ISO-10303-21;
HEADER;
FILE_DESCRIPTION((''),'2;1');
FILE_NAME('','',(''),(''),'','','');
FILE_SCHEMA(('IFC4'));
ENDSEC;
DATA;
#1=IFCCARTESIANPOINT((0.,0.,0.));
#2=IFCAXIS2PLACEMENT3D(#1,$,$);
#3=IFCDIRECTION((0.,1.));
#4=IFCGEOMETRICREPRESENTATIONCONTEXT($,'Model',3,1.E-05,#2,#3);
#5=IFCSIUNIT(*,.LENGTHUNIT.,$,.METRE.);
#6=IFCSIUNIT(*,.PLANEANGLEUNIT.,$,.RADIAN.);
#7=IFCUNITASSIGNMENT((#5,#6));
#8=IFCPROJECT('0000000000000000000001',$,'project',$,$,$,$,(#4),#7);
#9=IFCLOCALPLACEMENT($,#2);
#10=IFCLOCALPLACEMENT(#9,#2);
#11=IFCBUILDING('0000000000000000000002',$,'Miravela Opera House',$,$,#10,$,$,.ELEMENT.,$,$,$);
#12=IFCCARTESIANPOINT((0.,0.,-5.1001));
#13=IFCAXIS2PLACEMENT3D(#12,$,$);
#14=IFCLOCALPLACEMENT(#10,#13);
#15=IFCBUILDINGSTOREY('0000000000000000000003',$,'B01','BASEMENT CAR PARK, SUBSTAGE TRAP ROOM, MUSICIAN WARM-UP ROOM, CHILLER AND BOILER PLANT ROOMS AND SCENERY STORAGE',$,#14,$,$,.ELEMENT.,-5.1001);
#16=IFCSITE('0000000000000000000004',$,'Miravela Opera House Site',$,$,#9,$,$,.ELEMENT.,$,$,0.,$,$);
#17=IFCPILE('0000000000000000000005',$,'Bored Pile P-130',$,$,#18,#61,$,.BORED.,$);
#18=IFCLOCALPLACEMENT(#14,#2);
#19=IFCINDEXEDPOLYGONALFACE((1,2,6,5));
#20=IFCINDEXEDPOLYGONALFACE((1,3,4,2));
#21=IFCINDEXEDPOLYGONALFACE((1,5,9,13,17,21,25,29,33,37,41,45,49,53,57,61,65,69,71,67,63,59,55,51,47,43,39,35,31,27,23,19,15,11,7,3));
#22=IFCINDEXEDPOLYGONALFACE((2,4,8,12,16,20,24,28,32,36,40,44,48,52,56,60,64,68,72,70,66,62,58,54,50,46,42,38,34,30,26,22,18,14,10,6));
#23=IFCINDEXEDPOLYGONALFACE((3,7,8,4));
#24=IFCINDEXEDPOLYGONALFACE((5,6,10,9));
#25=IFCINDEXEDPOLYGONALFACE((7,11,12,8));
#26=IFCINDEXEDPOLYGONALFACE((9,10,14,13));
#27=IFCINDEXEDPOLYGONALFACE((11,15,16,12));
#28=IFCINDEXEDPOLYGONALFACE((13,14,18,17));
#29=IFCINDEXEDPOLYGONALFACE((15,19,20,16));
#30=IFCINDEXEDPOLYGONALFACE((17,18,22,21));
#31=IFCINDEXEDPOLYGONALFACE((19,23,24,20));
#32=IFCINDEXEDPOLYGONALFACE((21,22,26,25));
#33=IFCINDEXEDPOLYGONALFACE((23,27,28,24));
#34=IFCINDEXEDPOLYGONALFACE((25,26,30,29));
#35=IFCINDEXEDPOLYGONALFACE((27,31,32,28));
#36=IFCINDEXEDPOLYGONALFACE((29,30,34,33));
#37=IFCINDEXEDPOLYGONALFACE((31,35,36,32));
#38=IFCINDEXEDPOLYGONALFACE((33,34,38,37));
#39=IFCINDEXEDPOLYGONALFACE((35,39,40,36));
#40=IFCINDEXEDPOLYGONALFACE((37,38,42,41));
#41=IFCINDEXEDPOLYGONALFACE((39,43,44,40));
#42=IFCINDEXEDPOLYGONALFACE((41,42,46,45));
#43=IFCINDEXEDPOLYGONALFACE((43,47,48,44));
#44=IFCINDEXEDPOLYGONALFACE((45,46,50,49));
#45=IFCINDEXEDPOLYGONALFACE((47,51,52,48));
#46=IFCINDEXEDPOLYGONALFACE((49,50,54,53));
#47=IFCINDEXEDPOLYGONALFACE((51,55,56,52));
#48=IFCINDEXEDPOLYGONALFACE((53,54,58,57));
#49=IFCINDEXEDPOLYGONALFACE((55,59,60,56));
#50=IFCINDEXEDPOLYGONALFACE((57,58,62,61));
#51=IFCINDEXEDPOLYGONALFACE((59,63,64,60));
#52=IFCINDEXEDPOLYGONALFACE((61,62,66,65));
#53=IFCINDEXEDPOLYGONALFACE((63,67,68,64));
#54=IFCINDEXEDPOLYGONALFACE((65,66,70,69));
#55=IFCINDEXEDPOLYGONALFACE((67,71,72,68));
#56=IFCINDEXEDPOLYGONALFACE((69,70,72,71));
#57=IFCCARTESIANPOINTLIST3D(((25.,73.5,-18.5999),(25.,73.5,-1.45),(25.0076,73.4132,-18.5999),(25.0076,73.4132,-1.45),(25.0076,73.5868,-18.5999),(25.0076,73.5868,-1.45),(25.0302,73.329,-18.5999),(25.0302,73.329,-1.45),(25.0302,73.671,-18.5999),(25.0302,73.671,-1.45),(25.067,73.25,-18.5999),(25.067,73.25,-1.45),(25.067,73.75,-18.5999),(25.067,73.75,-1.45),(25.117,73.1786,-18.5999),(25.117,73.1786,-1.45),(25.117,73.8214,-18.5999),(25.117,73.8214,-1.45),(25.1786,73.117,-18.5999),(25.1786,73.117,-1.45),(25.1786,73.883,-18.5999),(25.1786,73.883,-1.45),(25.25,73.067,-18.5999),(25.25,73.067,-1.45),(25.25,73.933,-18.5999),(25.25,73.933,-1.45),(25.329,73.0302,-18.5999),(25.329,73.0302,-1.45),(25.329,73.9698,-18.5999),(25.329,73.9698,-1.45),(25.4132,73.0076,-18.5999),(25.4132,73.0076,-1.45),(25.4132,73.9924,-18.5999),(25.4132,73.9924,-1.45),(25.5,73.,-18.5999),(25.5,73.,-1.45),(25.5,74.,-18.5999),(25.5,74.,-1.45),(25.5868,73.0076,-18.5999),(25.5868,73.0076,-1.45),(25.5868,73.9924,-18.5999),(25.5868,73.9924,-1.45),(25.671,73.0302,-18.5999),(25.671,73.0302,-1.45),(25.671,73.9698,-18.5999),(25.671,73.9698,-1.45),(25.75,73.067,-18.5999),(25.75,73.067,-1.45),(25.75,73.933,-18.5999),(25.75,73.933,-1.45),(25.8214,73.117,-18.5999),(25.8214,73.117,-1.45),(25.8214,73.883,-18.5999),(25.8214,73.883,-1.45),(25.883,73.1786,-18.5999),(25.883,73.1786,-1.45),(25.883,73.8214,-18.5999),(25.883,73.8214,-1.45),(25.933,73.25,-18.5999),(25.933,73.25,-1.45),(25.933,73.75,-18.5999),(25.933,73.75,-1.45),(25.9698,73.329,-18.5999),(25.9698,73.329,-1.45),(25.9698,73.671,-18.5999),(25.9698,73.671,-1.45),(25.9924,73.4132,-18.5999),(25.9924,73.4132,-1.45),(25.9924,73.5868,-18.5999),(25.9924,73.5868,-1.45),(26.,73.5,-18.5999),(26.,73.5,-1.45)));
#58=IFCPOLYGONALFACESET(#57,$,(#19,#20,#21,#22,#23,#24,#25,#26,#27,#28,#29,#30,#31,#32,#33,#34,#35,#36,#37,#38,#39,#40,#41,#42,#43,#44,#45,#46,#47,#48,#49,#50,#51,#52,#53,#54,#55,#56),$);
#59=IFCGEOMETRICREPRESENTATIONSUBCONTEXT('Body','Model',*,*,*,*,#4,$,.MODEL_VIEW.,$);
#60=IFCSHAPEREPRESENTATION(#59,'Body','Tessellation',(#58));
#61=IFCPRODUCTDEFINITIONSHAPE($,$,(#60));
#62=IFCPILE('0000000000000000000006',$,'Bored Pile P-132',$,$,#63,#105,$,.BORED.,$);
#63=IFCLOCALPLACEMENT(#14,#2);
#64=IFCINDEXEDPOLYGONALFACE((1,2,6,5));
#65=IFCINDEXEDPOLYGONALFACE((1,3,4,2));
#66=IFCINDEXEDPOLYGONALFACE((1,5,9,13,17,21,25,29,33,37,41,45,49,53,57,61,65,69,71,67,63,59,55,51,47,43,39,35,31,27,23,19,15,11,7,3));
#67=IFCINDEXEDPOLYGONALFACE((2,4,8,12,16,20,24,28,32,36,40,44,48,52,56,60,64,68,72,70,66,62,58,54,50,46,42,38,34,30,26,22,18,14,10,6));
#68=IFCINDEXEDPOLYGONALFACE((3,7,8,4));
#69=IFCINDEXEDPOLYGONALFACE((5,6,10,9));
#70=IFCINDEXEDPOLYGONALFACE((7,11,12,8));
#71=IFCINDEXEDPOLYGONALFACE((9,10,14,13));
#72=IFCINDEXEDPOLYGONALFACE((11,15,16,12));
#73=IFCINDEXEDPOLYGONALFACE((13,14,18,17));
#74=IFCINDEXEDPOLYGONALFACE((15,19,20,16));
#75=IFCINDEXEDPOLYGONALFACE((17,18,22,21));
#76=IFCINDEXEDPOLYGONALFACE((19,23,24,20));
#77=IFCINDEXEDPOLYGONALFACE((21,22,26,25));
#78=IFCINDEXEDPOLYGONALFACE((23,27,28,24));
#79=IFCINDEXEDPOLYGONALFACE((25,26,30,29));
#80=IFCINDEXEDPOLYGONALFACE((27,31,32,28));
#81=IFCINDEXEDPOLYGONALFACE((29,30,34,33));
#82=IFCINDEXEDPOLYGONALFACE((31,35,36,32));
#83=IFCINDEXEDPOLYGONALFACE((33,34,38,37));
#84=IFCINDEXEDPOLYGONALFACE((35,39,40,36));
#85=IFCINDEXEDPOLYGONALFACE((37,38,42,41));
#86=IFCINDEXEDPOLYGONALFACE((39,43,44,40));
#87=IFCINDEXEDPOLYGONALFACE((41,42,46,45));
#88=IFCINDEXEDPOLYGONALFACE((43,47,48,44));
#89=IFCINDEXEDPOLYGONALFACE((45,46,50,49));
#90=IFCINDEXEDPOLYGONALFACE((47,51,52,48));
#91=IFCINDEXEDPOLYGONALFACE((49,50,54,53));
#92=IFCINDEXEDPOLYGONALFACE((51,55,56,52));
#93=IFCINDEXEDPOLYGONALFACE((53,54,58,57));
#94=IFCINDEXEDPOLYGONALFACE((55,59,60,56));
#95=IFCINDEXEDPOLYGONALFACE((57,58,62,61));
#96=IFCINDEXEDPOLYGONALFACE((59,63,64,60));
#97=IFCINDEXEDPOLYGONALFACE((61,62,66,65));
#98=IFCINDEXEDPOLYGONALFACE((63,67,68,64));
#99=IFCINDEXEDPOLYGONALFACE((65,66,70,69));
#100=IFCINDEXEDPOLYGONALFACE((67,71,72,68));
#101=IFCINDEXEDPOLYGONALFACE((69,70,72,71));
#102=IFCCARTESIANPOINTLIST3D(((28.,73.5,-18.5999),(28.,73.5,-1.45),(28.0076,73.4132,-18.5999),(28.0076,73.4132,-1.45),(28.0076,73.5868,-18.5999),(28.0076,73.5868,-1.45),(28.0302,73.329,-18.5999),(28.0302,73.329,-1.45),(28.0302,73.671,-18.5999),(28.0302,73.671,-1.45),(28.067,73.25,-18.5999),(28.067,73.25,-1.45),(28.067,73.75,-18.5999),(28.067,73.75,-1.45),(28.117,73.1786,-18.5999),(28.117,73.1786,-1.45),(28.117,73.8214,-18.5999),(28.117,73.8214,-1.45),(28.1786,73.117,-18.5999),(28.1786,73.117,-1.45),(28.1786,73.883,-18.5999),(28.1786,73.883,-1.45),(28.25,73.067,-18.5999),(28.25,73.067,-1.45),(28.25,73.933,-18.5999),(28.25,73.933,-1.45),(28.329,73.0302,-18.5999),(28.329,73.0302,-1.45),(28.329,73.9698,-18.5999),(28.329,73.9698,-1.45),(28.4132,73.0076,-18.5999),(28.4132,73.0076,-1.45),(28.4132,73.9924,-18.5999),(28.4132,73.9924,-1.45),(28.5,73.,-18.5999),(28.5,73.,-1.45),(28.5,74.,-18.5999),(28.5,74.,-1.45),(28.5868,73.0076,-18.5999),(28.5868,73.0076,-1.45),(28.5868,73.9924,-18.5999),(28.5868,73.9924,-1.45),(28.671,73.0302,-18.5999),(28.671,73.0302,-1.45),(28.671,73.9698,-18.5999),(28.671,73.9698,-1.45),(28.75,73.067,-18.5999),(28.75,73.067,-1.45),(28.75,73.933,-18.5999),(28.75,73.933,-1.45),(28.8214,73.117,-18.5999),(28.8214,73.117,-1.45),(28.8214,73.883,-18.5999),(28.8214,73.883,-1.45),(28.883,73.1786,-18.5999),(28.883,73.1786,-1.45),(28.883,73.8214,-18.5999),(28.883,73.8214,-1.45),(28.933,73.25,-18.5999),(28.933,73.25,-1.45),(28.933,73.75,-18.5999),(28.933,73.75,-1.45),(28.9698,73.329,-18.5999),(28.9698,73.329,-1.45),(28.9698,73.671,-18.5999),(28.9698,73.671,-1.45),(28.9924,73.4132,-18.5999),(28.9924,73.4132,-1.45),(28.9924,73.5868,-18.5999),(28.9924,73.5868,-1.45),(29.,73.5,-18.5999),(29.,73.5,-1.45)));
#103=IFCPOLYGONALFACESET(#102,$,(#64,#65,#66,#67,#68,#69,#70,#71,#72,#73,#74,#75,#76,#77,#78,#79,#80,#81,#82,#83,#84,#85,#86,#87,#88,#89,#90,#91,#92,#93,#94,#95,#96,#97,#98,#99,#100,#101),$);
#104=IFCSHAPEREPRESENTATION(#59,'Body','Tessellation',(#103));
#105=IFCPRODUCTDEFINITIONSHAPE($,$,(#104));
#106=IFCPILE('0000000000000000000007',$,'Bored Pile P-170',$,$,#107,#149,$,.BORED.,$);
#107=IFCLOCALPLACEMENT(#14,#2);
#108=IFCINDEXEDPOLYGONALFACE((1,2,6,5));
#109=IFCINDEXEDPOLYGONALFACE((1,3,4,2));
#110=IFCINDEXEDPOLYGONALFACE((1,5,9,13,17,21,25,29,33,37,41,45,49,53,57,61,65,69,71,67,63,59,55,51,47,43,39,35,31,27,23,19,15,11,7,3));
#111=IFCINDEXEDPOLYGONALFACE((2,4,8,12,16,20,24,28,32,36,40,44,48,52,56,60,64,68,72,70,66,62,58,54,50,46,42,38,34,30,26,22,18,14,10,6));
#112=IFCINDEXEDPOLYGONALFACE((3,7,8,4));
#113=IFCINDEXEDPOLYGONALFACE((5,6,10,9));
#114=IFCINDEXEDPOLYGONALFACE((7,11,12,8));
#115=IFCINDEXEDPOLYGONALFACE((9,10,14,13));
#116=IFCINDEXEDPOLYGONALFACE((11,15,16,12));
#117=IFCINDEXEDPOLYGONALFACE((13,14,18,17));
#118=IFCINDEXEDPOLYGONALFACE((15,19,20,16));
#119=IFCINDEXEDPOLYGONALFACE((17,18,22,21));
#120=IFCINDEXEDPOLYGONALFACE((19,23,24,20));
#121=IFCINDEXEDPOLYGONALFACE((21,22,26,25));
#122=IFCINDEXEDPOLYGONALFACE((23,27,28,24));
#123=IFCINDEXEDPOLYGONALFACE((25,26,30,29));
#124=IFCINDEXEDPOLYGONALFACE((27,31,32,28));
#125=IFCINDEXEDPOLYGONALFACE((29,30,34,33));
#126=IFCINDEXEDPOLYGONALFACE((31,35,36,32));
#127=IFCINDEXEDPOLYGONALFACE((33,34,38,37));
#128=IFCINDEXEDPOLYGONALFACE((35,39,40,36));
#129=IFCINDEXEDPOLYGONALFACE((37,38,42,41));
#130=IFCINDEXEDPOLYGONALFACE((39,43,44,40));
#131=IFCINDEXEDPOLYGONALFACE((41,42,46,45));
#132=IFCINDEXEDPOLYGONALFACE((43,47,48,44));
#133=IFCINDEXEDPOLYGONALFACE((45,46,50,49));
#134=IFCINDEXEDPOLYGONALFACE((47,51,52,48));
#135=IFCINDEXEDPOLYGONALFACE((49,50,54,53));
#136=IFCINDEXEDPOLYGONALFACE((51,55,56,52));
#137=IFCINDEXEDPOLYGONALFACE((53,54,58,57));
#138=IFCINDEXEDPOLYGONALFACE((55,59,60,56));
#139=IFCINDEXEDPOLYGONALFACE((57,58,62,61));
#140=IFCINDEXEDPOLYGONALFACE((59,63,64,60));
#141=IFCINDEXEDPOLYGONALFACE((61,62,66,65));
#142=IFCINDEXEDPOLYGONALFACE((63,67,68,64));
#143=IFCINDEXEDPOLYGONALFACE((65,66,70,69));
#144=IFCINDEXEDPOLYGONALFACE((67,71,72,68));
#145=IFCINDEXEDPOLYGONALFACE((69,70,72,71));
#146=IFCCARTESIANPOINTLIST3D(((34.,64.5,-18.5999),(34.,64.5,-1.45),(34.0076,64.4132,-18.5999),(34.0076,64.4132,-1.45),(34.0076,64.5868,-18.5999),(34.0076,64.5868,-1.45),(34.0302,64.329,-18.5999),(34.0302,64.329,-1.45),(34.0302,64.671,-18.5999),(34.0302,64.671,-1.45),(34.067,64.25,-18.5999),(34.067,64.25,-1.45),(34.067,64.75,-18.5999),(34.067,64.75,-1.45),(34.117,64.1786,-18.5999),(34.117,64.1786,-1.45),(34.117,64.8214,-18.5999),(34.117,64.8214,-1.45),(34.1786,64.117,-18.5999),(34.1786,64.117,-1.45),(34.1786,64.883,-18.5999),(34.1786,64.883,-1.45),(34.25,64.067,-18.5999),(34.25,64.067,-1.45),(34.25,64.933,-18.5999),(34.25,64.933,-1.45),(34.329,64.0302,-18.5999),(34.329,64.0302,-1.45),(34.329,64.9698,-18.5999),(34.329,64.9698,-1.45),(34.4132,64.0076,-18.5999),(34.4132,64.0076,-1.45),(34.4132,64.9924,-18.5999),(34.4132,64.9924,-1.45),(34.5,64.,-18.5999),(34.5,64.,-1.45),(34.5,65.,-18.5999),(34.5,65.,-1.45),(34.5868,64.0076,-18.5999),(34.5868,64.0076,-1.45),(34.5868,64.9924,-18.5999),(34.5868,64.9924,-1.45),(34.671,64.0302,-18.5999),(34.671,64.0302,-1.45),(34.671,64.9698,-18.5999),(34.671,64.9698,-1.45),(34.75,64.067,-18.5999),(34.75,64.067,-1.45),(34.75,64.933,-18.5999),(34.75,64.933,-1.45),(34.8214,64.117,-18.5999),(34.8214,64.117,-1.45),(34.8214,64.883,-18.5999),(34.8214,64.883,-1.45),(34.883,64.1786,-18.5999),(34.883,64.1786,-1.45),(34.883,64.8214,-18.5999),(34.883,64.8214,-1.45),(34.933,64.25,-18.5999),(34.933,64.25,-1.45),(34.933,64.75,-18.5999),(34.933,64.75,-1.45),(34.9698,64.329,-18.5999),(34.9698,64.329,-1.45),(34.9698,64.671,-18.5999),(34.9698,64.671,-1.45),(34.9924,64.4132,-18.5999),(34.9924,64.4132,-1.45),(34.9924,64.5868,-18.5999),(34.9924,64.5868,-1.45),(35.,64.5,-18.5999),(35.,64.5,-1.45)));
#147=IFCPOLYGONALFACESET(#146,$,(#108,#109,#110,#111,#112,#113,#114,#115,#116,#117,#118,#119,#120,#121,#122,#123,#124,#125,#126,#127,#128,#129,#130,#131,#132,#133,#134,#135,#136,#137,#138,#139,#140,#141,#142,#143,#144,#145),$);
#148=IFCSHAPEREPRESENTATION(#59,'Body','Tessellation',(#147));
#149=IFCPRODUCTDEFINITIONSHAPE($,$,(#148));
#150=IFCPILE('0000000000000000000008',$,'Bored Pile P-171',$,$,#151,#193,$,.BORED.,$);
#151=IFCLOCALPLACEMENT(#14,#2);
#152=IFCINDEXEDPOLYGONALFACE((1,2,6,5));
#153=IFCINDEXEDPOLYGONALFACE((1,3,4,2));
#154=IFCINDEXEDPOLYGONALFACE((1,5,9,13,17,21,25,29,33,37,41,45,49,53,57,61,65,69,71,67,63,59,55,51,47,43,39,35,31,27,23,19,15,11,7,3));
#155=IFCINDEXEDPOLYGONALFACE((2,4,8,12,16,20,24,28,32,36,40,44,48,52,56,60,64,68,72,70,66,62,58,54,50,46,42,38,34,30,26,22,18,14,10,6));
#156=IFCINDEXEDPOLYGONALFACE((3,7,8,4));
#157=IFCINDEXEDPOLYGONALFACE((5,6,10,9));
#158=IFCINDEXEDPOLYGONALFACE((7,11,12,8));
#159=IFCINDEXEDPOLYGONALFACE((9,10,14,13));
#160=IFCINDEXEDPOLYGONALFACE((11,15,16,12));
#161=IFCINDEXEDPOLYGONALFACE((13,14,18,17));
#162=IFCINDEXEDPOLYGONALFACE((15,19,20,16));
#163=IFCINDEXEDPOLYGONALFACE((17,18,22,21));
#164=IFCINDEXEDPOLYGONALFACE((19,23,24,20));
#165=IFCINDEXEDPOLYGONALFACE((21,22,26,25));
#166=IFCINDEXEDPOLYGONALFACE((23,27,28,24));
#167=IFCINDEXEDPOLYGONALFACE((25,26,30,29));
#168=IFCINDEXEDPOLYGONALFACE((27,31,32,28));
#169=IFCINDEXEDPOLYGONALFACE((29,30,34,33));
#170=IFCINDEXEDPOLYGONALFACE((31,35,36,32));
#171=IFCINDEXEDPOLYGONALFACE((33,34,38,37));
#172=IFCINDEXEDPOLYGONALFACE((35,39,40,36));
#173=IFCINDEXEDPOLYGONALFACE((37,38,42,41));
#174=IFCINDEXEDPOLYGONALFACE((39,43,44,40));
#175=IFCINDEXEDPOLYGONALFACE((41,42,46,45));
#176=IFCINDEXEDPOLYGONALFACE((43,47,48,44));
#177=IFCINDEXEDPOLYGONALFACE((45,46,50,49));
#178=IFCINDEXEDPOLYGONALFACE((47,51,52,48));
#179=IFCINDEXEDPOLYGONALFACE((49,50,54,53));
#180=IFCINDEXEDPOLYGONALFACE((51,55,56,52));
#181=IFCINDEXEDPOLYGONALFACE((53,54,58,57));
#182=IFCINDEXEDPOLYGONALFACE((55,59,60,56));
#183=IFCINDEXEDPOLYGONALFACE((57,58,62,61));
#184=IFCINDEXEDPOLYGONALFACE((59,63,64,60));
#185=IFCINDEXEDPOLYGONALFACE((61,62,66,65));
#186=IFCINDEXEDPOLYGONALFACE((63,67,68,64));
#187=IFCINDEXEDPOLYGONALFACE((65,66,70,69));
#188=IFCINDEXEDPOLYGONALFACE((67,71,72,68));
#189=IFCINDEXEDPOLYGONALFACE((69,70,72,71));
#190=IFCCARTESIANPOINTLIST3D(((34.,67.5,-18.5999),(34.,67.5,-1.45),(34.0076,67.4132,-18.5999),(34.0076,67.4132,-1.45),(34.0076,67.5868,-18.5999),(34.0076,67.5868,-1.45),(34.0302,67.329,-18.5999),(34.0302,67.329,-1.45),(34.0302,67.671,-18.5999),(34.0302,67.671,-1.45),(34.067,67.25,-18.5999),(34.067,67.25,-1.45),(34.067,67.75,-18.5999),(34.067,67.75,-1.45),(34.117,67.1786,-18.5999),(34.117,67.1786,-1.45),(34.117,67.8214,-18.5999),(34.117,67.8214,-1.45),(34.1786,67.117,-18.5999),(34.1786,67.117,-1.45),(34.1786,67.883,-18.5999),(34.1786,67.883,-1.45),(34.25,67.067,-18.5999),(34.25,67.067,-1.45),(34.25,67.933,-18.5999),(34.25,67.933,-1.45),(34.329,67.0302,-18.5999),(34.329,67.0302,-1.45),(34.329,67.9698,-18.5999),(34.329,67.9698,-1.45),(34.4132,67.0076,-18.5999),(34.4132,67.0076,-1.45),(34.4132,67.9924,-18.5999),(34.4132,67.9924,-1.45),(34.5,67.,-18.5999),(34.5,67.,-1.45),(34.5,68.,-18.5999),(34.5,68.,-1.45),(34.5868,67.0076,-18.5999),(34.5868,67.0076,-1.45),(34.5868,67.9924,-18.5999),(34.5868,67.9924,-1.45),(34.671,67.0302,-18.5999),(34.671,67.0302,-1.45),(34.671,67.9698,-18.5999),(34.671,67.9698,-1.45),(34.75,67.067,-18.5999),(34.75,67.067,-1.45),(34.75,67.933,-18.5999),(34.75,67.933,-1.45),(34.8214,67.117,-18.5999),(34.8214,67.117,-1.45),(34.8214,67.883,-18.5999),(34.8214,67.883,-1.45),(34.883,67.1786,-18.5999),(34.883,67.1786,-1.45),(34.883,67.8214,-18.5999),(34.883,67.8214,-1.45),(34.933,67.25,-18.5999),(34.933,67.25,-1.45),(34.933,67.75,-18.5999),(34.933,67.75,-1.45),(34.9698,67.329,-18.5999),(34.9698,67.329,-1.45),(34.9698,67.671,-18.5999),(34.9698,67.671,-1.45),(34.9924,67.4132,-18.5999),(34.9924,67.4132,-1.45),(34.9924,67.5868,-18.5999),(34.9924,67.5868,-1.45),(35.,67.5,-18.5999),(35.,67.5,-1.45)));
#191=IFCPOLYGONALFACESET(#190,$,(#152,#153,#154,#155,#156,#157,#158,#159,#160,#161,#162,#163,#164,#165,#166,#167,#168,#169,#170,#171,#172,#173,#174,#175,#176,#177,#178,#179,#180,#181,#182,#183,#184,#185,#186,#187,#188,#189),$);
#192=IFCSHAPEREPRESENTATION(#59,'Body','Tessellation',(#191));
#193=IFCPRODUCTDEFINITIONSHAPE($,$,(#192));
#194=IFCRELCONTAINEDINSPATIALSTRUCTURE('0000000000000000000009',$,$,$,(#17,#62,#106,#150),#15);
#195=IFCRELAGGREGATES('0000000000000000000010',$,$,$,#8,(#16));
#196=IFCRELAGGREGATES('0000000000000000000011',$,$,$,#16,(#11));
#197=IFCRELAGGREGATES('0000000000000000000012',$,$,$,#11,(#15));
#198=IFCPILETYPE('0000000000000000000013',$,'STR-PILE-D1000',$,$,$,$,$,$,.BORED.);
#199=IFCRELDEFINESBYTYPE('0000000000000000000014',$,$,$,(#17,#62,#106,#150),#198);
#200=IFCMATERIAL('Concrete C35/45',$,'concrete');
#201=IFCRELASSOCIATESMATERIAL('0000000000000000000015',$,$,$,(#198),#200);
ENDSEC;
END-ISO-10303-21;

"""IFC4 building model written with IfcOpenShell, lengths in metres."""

from ifc_helpers import new_model, si_unit, direction, frame, origin, origin_2d, place, context, subcontext, project, spatial, circle, extrude, material, material_profile, profile_set, type_object, element, save


model = new_model("IFC4")

# Units and contexts
model_context = context("Model", 3, precision=1e-05, world=origin(), true_north=direction((0.0, 1.0)))
body_context = subcontext(model_context, "Body", "Model", "MODEL_VIEW")
ifc_project = project(units=[si_unit("LENGTHUNIT", "METRE"), si_unit("PLANEANGLEUNIT", "RADIAN")], contexts=[model_context])

# Site, building, storey
site_placement = place(None, origin())
site = spatial("IfcSite", under=ifc_project, at=site_placement, Name="Miravela Opera House Site", CompositionType="ELEMENT", RefElevation=0.0)
building_placement = place(site_placement, origin())
building = spatial("IfcBuilding", under=site, at=building_placement, Name="Miravela Opera House", CompositionType="ELEMENT")
storey_placement = place(building_placement, frame((0.0, 0.0, -5.1001)))
storey = spatial("IfcBuildingStorey", under=building, at=storey_placement, Name="B01", Description="BASEMENT CAR PARK, SUBSTAGE TRAP ROOM, MUSICIAN WARM-UP ROOM, CHILLER AND BOILER PLANT ROOMS AND SCENERY STORAGE", CompositionType="ELEMENT", Elevation=-5.1001)

# Shared definitions
ifc_material_1 = material(Name="Concrete C35/45", Category="concrete")

# Piles
ifc_material_profile_1 = material_profile(ifc_material_1, circle(Radius=0.5, at=origin_2d()), Name="PILE-D1000")
ifc_profile_set_1 = profile_set([ifc_material_profile_1])
pile_type = type_object("IfcPileType", Name="STR-PILE-D1000", PredefinedType="BORED", material=ifc_profile_set_1)
for number, where, z_axis, x_axis, name in (
    (1, (25.5, 73.5, -1.45), (0.0, 0.0, -1.0), (1.0, 0.0, 0.0), "Bored Pile P-130"),
    (2, (28.5, 73.5, -1.45), (0.0, 0.0, -1.0), (1.0, 0.0, 0.0), "Bored Pile P-132"),
    (3, (34.5, 64.5, -1.45), (0.0, 0.0, -1.0), (1.0, 0.0, 0.0), "Bored Pile P-170"),
    (4, (34.5, 67.5, -1.45), (0.0, 0.0, -1.0), (1.0, 0.0, 0.0), "Bored Pile P-171"),
):
    element("IfcPile", number, at=place(storey_placement, frame(where, z_axis=z_axis, x_axis=x_axis)), inside=storey, type_object=pile_type, Name=name, PredefinedType="BORED", context=body_context, shape_type="SweptSolid", body=[
        extrude(circle(Radius=0.5, at=origin_2d()), origin(), (0.0, 0.0, 1.0), 17.1499),
    ])

save(model, "model.ifc")
